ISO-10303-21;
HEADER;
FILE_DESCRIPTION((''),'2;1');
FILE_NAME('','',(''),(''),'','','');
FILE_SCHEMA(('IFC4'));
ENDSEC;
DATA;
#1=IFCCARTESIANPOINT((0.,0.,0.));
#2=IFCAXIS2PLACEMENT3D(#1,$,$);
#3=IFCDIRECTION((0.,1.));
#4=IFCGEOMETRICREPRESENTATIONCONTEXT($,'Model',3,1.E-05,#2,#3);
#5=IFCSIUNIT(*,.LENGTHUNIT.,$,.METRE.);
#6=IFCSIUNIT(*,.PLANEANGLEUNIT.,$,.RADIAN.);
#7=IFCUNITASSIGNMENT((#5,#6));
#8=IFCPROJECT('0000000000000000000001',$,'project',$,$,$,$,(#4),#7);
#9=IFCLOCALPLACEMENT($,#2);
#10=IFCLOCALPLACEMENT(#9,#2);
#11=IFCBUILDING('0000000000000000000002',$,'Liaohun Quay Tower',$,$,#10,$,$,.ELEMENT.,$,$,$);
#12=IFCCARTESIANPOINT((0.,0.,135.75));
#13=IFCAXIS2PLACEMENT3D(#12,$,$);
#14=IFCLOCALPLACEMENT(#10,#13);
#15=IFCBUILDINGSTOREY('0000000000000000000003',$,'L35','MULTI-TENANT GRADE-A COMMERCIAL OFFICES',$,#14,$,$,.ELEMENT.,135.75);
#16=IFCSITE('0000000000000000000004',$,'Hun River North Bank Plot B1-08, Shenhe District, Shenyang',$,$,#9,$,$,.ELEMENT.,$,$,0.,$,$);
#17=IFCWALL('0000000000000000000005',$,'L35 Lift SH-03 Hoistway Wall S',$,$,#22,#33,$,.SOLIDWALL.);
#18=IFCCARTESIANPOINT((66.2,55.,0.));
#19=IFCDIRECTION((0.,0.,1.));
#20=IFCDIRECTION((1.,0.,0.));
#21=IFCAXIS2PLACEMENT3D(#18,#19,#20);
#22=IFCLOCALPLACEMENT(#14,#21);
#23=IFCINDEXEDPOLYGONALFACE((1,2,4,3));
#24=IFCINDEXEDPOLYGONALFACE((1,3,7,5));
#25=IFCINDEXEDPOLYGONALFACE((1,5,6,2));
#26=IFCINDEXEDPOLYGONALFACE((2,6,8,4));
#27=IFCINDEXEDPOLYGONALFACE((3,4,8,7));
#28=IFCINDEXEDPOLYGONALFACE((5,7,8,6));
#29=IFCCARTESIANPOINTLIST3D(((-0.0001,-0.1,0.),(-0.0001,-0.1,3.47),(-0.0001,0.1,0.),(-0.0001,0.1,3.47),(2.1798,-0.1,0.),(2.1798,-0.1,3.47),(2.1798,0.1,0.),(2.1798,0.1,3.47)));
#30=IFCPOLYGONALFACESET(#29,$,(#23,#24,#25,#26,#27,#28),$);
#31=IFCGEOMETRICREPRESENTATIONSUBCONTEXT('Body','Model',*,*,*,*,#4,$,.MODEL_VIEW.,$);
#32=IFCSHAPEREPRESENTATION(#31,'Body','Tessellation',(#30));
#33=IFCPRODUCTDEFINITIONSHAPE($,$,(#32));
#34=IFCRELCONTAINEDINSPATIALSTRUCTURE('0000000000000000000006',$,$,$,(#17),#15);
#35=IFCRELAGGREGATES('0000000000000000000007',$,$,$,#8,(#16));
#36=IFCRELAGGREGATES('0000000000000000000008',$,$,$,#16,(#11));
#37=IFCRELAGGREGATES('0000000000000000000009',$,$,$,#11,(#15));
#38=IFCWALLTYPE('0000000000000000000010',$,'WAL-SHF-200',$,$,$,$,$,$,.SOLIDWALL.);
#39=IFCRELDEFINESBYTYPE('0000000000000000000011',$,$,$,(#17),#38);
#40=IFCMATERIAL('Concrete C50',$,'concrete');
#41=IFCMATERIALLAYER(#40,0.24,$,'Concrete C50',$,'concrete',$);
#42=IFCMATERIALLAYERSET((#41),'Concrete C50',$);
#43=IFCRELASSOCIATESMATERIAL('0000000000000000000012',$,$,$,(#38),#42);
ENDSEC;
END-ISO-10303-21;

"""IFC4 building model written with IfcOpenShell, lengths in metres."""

from ifc_helpers import new_model, si_unit, direction, frame, frame_2d, origin, place, context, subcontext, project, spatial, rectangle, extrude, material, layer, layer_set, type_object, element, save


model = new_model("IFC4")

# Units and contexts
model_context = context("Model", 3, precision=1e-05, world=origin(), true_north=direction((0.0, 1.0)))
body_context = subcontext(model_context, "Body", "Model", "MODEL_VIEW")
ifc_project = project(units=[si_unit("LENGTHUNIT", "METRE"), si_unit("PLANEANGLEUNIT", "RADIAN")], contexts=[model_context])

# Site, building, storey
site_placement = place(None, origin())
site = spatial("IfcSite", under=ifc_project, at=site_placement, Name="Hun River North Bank Plot B1-08, Shenhe District, Shenyang", CompositionType="ELEMENT", RefElevation=0.0)
building_placement = place(site_placement, origin())
building = spatial("IfcBuilding", under=site, at=building_placement, Name="Liaohun Quay Tower", CompositionType="ELEMENT")
storey_placement = place(building_placement, frame((0.0, 0.0, 135.75)))
storey = spatial("IfcBuildingStorey", under=building, at=storey_placement, Name="L35", Description="MULTI-TENANT GRADE-A COMMERCIAL OFFICES", CompositionType="ELEMENT", Elevation=135.75)

# Shared definitions
ifc_material_1 = material(Name="Concrete C50", Category="concrete")
ifc_layer_1 = layer(ifc_material_1, 0.24, Name="Concrete C50", Category="concrete")
ifc_layer_set_1 = layer_set([ifc_layer_1], Name="Concrete C50")
wall_type_1 = type_object("IfcWallType", Name="WAL-SHF-200", PredefinedType="SOLIDWALL", material=ifc_layer_set_1)

# Wall
wall_1_placement = place(storey_placement, frame((66.2, 55.0, 0.0), z_axis=(0.0, 0.0, 1.0), x_axis=(1.0, 0.0, 0.0)))
element("IfcWall", 1, at=wall_1_placement, inside=storey, type_object=wall_type_1, Name="L35 Lift SH-03 Hoistway Wall S", PredefinedType="SOLIDWALL", context=body_context, shape_type="SweptSolid", body=[
    extrude(rectangle(XDim=2.1799, YDim=0.2, at=frame_2d((1.0898, 0.0))), origin(), (0.0, 0.0, 1.0), 3.47),
])

save(model, "model.ifc")
